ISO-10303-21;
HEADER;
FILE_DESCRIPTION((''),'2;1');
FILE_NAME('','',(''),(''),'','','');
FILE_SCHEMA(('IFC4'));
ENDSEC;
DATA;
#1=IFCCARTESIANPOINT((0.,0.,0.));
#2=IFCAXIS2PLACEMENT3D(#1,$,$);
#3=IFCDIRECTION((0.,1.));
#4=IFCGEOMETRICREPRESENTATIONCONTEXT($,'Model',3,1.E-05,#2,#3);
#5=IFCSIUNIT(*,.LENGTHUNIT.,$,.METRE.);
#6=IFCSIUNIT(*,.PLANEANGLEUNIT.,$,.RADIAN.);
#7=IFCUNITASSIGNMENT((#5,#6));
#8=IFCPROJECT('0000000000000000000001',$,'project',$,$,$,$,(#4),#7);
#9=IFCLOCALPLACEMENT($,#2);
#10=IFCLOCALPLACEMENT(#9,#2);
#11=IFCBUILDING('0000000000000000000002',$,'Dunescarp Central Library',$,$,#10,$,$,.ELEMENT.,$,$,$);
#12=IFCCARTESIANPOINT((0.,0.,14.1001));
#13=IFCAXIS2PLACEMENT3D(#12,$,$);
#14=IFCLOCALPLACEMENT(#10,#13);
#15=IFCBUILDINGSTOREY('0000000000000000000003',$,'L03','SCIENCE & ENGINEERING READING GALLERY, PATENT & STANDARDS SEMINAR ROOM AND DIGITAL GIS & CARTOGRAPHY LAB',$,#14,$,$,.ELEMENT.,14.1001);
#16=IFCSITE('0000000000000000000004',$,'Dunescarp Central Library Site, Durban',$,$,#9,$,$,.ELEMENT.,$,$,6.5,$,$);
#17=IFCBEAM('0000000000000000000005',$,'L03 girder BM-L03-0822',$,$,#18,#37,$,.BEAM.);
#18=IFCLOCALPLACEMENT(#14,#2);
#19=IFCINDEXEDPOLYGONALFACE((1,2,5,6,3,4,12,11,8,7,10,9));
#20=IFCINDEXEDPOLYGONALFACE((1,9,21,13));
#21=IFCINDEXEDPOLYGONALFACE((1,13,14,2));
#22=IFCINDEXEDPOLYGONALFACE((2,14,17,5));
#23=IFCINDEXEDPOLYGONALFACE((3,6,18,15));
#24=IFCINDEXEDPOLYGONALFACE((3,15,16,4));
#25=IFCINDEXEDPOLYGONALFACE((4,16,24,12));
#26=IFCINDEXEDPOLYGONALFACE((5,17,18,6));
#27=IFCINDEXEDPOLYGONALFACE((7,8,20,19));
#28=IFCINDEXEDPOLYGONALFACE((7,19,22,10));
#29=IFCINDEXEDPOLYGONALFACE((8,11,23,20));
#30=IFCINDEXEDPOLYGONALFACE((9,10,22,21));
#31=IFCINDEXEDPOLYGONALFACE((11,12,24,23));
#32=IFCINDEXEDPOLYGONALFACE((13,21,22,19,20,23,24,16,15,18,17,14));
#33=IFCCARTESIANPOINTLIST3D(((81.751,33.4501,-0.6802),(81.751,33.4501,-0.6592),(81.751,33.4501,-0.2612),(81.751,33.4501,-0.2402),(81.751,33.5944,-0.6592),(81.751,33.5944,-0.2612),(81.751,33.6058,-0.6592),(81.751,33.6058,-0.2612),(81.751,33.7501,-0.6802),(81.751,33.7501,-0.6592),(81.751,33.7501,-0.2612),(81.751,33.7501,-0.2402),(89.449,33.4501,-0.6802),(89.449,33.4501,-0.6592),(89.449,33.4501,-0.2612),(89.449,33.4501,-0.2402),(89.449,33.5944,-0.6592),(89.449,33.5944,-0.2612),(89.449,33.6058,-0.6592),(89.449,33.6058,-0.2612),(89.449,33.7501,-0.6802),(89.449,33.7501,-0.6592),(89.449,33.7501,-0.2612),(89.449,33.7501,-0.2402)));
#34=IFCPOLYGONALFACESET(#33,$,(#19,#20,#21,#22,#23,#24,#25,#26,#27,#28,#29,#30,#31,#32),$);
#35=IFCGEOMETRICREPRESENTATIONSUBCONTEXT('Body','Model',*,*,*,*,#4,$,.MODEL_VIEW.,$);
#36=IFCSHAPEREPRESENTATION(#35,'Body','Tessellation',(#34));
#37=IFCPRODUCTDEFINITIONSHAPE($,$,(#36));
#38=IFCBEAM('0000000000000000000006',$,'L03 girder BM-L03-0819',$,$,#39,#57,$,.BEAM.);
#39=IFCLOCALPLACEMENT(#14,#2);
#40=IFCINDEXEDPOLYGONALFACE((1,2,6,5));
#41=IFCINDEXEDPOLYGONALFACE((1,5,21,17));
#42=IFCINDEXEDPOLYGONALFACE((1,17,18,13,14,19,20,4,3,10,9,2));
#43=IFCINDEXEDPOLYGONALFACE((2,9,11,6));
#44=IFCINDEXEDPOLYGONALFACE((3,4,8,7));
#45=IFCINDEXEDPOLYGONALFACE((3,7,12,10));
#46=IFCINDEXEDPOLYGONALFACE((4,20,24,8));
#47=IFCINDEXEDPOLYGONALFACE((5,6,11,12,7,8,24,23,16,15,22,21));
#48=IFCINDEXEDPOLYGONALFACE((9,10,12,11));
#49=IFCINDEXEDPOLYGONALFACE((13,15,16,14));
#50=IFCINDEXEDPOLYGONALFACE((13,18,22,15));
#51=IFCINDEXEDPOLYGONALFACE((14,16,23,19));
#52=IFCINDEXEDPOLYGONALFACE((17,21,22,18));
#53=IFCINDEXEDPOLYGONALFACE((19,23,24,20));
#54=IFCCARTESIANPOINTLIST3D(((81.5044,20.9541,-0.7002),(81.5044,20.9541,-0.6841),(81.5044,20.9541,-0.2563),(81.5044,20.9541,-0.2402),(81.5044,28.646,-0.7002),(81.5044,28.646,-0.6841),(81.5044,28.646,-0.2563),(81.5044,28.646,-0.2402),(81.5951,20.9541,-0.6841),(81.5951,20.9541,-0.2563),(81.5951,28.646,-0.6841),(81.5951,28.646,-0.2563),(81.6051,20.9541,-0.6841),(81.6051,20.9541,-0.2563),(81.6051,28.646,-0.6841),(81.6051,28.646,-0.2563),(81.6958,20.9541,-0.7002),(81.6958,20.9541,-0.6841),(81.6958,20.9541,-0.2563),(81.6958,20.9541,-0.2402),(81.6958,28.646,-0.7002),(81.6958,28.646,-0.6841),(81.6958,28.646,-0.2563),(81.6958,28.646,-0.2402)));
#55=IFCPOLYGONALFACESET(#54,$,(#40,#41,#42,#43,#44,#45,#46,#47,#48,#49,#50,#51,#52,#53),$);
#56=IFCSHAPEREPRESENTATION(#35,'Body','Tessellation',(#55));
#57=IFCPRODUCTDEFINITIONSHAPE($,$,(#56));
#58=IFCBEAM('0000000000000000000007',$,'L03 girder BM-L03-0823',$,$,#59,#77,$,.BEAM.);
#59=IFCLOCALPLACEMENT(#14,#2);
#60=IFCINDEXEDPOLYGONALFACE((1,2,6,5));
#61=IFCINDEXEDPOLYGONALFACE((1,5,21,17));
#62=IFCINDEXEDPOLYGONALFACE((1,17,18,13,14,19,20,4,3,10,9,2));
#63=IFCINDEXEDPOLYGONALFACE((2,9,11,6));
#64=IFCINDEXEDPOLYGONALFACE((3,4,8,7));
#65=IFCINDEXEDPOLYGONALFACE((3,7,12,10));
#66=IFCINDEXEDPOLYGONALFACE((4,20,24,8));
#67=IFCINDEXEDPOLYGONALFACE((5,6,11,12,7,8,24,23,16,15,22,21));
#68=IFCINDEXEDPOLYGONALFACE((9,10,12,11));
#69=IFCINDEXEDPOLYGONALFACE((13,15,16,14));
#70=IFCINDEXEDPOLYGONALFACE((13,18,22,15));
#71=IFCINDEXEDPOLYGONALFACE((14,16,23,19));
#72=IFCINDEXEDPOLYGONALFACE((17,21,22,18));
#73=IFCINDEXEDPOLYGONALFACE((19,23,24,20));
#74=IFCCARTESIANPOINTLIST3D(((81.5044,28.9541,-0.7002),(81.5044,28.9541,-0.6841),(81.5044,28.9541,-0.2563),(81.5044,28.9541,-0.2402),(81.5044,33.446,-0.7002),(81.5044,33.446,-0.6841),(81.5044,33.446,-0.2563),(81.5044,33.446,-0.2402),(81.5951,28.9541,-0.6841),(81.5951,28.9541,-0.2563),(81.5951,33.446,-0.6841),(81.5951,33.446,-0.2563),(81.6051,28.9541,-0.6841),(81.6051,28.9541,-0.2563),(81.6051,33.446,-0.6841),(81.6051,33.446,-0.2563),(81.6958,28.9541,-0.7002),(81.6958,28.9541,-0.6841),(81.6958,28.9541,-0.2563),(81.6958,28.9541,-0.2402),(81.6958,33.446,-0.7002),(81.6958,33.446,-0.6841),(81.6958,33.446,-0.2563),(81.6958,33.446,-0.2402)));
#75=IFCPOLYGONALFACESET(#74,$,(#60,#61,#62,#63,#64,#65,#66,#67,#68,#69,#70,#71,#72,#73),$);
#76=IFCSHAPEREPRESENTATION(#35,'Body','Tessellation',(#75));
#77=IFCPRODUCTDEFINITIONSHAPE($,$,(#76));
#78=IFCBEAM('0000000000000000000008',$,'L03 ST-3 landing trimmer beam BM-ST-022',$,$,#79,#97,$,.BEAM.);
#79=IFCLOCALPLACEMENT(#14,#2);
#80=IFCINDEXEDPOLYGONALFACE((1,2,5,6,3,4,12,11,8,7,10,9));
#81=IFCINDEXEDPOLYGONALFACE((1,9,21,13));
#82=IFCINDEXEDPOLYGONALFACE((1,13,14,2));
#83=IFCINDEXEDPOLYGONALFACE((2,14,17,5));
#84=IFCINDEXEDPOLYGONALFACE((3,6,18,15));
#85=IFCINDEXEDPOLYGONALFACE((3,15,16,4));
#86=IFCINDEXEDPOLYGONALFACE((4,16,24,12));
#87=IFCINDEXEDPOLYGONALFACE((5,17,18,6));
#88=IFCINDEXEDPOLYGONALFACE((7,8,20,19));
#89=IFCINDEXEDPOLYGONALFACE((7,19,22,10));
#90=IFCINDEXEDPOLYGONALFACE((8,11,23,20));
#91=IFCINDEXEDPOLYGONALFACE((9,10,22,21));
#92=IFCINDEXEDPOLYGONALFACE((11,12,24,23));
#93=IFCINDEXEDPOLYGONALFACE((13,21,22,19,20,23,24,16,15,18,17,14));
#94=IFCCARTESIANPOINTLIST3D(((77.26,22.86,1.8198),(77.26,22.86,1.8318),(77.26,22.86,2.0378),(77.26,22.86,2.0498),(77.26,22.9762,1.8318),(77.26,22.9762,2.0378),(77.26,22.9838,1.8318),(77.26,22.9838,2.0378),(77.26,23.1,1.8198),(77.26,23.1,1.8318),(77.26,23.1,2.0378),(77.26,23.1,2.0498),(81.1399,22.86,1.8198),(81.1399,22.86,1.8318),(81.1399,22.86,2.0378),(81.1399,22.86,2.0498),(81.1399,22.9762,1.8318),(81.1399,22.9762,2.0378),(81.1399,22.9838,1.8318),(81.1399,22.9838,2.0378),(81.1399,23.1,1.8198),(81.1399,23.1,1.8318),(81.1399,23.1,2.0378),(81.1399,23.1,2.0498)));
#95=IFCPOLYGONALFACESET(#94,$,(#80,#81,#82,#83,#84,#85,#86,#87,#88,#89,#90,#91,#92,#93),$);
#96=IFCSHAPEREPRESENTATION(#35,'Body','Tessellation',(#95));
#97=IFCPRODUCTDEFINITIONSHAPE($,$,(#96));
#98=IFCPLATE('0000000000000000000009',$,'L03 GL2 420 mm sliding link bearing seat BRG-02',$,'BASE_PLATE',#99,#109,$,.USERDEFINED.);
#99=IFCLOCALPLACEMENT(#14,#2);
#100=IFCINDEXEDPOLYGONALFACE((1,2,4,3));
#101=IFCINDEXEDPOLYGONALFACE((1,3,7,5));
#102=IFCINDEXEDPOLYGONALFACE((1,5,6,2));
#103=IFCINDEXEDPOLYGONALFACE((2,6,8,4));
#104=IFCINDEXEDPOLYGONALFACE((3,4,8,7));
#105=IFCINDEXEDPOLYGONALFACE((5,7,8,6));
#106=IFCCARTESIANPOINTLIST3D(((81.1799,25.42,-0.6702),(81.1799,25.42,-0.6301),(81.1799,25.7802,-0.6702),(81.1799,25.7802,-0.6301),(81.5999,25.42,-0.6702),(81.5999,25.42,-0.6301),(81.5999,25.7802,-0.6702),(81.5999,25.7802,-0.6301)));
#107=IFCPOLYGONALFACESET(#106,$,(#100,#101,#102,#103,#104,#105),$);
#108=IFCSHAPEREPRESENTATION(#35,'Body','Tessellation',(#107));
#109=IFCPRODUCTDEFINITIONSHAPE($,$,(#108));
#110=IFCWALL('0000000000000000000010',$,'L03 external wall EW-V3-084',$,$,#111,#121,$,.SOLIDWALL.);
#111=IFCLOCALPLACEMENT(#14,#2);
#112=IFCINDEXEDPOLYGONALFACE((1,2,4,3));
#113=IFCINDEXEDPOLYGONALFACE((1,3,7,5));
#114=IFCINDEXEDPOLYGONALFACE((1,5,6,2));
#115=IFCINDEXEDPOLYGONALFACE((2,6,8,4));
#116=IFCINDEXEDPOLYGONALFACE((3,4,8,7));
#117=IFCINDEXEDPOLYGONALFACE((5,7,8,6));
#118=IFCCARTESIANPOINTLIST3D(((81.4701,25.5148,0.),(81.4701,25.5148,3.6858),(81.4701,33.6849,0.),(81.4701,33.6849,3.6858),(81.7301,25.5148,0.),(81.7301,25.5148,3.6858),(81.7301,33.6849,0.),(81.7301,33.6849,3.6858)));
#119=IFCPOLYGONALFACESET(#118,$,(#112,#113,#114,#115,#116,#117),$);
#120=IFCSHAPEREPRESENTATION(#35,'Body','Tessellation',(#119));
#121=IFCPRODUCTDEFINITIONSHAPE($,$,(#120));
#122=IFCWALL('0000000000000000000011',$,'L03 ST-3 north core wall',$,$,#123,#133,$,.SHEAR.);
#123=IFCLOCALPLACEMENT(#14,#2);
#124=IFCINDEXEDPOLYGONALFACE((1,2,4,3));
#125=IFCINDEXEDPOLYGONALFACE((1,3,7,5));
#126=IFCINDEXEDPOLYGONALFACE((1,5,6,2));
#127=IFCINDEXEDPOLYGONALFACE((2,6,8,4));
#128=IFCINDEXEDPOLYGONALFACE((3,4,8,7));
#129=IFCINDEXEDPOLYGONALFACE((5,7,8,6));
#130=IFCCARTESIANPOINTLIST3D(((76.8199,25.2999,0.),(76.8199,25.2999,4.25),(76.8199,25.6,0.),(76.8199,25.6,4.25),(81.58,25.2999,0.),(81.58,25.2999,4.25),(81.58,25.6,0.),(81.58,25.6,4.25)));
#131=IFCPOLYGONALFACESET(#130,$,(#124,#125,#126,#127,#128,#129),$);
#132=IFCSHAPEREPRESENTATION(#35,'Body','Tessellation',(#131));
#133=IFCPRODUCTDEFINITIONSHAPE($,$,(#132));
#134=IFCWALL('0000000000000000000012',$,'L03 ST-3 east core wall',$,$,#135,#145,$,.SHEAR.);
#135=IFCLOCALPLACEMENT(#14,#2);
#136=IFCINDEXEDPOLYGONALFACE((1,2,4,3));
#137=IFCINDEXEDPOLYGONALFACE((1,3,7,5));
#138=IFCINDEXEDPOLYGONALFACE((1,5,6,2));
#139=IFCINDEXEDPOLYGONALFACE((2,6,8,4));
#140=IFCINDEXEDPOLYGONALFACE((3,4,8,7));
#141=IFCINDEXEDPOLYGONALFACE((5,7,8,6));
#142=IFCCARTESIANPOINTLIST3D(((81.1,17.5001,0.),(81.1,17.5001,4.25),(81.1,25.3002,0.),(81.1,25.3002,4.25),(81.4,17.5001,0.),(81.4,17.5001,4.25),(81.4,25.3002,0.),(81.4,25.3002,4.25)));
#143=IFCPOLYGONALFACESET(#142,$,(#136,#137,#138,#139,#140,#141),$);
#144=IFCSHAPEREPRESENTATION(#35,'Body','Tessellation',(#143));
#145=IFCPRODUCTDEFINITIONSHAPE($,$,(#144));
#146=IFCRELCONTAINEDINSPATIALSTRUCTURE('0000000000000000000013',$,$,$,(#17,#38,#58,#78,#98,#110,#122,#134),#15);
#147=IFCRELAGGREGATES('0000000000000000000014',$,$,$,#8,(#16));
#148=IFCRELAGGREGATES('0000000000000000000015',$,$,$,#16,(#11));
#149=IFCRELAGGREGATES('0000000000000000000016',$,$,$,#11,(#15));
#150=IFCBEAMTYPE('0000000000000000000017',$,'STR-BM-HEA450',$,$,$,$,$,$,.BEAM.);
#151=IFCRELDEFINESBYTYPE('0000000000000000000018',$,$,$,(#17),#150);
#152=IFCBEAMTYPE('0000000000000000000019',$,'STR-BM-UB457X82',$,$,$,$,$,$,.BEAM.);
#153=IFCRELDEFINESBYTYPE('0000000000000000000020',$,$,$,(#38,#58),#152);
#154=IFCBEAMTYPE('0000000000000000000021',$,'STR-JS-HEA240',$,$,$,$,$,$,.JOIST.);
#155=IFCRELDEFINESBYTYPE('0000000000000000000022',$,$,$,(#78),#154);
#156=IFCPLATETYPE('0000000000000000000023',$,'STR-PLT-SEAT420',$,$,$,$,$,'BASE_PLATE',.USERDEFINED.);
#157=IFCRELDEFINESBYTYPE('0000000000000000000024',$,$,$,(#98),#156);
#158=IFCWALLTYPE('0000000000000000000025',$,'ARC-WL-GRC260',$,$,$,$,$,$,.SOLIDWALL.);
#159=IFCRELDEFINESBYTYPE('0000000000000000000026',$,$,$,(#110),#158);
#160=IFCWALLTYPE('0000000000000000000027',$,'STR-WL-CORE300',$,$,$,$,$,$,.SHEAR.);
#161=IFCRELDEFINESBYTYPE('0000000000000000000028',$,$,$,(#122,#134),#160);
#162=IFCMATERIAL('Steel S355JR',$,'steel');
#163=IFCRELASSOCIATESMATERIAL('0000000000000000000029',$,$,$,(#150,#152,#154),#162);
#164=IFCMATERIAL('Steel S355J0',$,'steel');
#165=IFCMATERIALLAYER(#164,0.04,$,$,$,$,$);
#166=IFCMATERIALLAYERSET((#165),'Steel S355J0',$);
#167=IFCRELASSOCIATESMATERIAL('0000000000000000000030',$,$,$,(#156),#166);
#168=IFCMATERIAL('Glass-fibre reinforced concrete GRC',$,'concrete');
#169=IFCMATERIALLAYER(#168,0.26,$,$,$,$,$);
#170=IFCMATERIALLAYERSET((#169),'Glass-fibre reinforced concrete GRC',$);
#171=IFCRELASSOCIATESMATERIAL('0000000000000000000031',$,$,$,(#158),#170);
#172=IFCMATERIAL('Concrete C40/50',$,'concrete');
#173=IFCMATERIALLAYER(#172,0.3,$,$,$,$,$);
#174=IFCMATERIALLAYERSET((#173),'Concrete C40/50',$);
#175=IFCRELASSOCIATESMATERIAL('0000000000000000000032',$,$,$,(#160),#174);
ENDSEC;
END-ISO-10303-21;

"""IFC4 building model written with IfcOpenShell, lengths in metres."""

from ifc_helpers import new_model, si_unit, direction, frame, frame_2d, origin, origin_2d, place, context, subcontext, project, spatial, rectangle, i_section, extrude, material, layer, layer_set, material_profile, profile_set, type_object, element, save


model = new_model("IFC4")

# Units and contexts
model_context = context("Model", 3, precision=1e-05, world=origin(), true_north=direction((0.0, 1.0)))
body_context = subcontext(model_context, "Body", "Model", "MODEL_VIEW")
ifc_project = project(units=[si_unit("LENGTHUNIT", "METRE"), si_unit("PLANEANGLEUNIT", "RADIAN")], contexts=[model_context])

# Site, building, storey
site_placement = place(None, origin())
site = spatial("IfcSite", under=ifc_project, at=site_placement, Name="Dunescarp Central Library Site, Durban", CompositionType="ELEMENT", RefElevation=6.5)
building_placement = place(site_placement, origin())
building = spatial("IfcBuilding", under=site, at=building_placement, Name="Dunescarp Central Library", CompositionType="ELEMENT")
storey_placement = place(building_placement, frame((0.0, 0.0, 14.1001)))
storey = spatial("IfcBuildingStorey", under=building, at=storey_placement, Name="L03", Description="SCIENCE & ENGINEERING READING GALLERY, PATENT & STANDARDS SEMINAR ROOM AND DIGITAL GIS & CARTOGRAPHY LAB", CompositionType="ELEMENT", Elevation=14.1001)

# Shared definitions
ifc_material_1 = material(Name="Steel S355JR", Category="steel")

# Beams
ifc_material_profile_1 = material_profile(ifc_material_1, i_section(OverallWidth=0.3, OverallDepth=0.4399, WebThickness=0.0115, FlangeThickness=0.021, at=origin_2d()), Name="HEA 450")
ifc_profile_set_1 = profile_set([ifc_material_profile_1], Name="Steel S355JR")
beam_type_1 = type_object("IfcBeamType", Name="STR-BM-HEA450", PredefinedType="BEAM", material=ifc_profile_set_1)
for number, where, z_axis, x_axis, name in (
    (1, (81.751, 33.6001, -0.4602), (1.0, 0.0, 0.0), (0.0, 1.0, 0.0), "L03 girder BM-L03-0822"),
):
    element("IfcBeam", number, at=place(storey_placement, frame(where, z_axis=z_axis, x_axis=x_axis)), inside=storey, type_object=beam_type_1, Name=name, PredefinedType="BEAM", context=body_context, shape_type="SweptSolid", body=[
        extrude(i_section(OverallWidth=0.3, OverallDepth=0.4399, WebThickness=0.0115, FlangeThickness=0.021, at=origin_2d()), origin(), (0.0, 0.0, 1.0), 7.698),
    ])
ifc_material_profile_2 = material_profile(ifc_material_1, i_section(OverallWidth=0.1914, OverallDepth=0.46, WebThickness=0.01, FlangeThickness=0.0161, at=origin_2d()), Name="UB 457x191x82")
ifc_profile_set_2 = profile_set([ifc_material_profile_2], Name="Steel S355JR")
beam_type_2 = type_object("IfcBeamType", Name="STR-BM-UB457X82", PredefinedType="BEAM", material=ifc_profile_set_2)
beam_1_placement = place(storey_placement, frame((81.6001, 20.9541, -0.4702), z_axis=(0.0, 1.0, 0.0), x_axis=(-1.0, 0.0, 0.0)))
element("IfcBeam", 2, at=beam_1_placement, inside=storey, type_object=beam_type_2, Name="L03 girder BM-L03-0819", PredefinedType="BEAM", context=body_context, shape_type="SweptSolid", body=[
    extrude(i_section(OverallWidth=0.1914, OverallDepth=0.46, WebThickness=0.01, FlangeThickness=0.0161, at=origin_2d()), origin(), (0.0, 0.0, 1.0), 7.6919),
])
beam_2_placement = place(storey_placement, frame((81.6001, 28.9541, -0.4702), z_axis=(0.0, 1.0, 0.0), x_axis=(-1.0, 0.0, 0.0)))
element("IfcBeam", 3, at=beam_2_placement, inside=storey, type_object=beam_type_2, Name="L03 girder BM-L03-0823", PredefinedType="BEAM", context=body_context, shape_type="SweptSolid", body=[
    extrude(i_section(OverallWidth=0.1914, OverallDepth=0.46, WebThickness=0.01, FlangeThickness=0.0161, at=origin_2d()), origin(), (0.0, 0.0, 1.0), 4.4919),
])
ifc_material_profile_3 = material_profile(ifc_material_1, i_section(OverallWidth=0.24, OverallDepth=0.23, WebThickness=0.0076, FlangeThickness=0.012, at=origin_2d()), Name="HEA 240")
ifc_profile_set_3 = profile_set([ifc_material_profile_3], Name="Steel S355JR")
beam_type_3 = type_object("IfcBeamType", Name="STR-JS-HEA240", PredefinedType="JOIST", material=ifc_profile_set_3)
beam_3_placement = place(storey_placement, frame((77.26, 22.98, 1.9348), z_axis=(1.0, 0.0, 0.0), x_axis=(0.0, 1.0, 0.0)))
element("IfcBeam", 4, at=beam_3_placement, inside=storey, type_object=beam_type_3, Name="L03 ST-3 landing trimmer beam BM-ST-022", PredefinedType="BEAM", context=body_context, shape_type="SweptSolid", body=[
    extrude(i_section(OverallWidth=0.24, OverallDepth=0.23, WebThickness=0.0076, FlangeThickness=0.012, at=origin_2d()), origin(), (0.0, 0.0, 1.0), 3.8799),
])

# Plate
ifc_material_2 = material(Name="Steel S355J0", Category="steel")
ifc_layer_1 = layer(ifc_material_2, 0.04)
ifc_layer_set_1 = layer_set([ifc_layer_1], Name="Steel S355J0")
plate_type = type_object("IfcPlateType", Name="STR-PLT-SEAT420", ElementType="BASE_PLATE", PredefinedType="USERDEFINED", material=ifc_layer_set_1)
plate_placement = place(storey_placement, frame((81.3899, 25.6001, -0.6702), z_axis=(0.0, 0.0, 1.0), x_axis=(1.0, 0.0, 0.0)))
element("IfcPlate", 5, at=plate_placement, inside=storey, type_object=plate_type, Name="L03 GL2 420 mm sliding link bearing seat BRG-02", ObjectType="BASE_PLATE", PredefinedType="USERDEFINED", context=body_context, shape_type="SweptSolid", body=[
    extrude(rectangle(XDim=0.4199, YDim=0.3601, at=origin_2d()), origin(), (0.0, 0.0, 1.0), 0.04),
])

# Walls
ifc_material_3 = material(Name="Glass-fibre reinforced concrete GRC", Category="concrete")
ifc_layer_2 = layer(ifc_material_3, 0.26)
ifc_layer_set_2 = layer_set([ifc_layer_2], Name="Glass-fibre reinforced concrete GRC")
wall_type_1 = type_object("IfcWallType", Name="ARC-WL-GRC260", PredefinedType="SOLIDWALL", material=ifc_layer_set_2)
wall_1_placement = place(storey_placement, frame((81.6001, 25.5149, 0.0), z_axis=(0.0, 0.0, 1.0), x_axis=(0.0, 1.0, 0.0)))
element("IfcWall", 6, at=wall_1_placement, inside=storey, type_object=wall_type_1, Name="L03 external wall EW-V3-084", PredefinedType="SOLIDWALL", context=body_context, shape_type="SweptSolid", body=[
    extrude(rectangle(XDim=8.1702, YDim=0.26, at=frame_2d((4.085, 0.0))), origin(), (0.0, 0.0, 1.0), 3.6858),
])
ifc_material_4 = material(Name="Concrete C40/50", Category="concrete")
ifc_layer_3 = layer(ifc_material_4, 0.3)
ifc_layer_set_3 = layer_set([ifc_layer_3], Name="Concrete C40/50")
wall_type_2 = type_object("IfcWallType", Name="STR-WL-CORE300", PredefinedType="SHEAR", material=ifc_layer_set_3)
wall_2_placement = place(storey_placement, frame((76.8201, 25.45, 0.0), z_axis=(0.0, 0.0, 1.0), x_axis=(1.0, 0.0, 0.0)))
element("IfcWall", 7, at=wall_2_placement, inside=storey, type_object=wall_type_2, Name="L03 ST-3 north core wall", PredefinedType="SHEAR", context=body_context, shape_type="SweptSolid", body=[
    extrude(rectangle(XDim=4.76, YDim=0.3, at=frame_2d((2.3799, 0.0))), origin(), (0.0, 0.0, 1.0), 4.25),
])
wall_3_placement = place(storey_placement, frame((81.25, 25.3, 0.0), z_axis=(0.0, 0.0, 1.0), x_axis=(0.0, -1.0, 0.0)))
element("IfcWall", 8, at=wall_3_placement, inside=storey, type_object=wall_type_2, Name="L03 ST-3 east core wall", PredefinedType="SHEAR", context=body_context, shape_type="SweptSolid", body=[
    extrude(rectangle(XDim=7.8, YDim=0.3, at=frame_2d((3.8999, 0.0))), origin(), (0.0, 0.0, 1.0), 4.25),
])

save(model, "model.ifc")
